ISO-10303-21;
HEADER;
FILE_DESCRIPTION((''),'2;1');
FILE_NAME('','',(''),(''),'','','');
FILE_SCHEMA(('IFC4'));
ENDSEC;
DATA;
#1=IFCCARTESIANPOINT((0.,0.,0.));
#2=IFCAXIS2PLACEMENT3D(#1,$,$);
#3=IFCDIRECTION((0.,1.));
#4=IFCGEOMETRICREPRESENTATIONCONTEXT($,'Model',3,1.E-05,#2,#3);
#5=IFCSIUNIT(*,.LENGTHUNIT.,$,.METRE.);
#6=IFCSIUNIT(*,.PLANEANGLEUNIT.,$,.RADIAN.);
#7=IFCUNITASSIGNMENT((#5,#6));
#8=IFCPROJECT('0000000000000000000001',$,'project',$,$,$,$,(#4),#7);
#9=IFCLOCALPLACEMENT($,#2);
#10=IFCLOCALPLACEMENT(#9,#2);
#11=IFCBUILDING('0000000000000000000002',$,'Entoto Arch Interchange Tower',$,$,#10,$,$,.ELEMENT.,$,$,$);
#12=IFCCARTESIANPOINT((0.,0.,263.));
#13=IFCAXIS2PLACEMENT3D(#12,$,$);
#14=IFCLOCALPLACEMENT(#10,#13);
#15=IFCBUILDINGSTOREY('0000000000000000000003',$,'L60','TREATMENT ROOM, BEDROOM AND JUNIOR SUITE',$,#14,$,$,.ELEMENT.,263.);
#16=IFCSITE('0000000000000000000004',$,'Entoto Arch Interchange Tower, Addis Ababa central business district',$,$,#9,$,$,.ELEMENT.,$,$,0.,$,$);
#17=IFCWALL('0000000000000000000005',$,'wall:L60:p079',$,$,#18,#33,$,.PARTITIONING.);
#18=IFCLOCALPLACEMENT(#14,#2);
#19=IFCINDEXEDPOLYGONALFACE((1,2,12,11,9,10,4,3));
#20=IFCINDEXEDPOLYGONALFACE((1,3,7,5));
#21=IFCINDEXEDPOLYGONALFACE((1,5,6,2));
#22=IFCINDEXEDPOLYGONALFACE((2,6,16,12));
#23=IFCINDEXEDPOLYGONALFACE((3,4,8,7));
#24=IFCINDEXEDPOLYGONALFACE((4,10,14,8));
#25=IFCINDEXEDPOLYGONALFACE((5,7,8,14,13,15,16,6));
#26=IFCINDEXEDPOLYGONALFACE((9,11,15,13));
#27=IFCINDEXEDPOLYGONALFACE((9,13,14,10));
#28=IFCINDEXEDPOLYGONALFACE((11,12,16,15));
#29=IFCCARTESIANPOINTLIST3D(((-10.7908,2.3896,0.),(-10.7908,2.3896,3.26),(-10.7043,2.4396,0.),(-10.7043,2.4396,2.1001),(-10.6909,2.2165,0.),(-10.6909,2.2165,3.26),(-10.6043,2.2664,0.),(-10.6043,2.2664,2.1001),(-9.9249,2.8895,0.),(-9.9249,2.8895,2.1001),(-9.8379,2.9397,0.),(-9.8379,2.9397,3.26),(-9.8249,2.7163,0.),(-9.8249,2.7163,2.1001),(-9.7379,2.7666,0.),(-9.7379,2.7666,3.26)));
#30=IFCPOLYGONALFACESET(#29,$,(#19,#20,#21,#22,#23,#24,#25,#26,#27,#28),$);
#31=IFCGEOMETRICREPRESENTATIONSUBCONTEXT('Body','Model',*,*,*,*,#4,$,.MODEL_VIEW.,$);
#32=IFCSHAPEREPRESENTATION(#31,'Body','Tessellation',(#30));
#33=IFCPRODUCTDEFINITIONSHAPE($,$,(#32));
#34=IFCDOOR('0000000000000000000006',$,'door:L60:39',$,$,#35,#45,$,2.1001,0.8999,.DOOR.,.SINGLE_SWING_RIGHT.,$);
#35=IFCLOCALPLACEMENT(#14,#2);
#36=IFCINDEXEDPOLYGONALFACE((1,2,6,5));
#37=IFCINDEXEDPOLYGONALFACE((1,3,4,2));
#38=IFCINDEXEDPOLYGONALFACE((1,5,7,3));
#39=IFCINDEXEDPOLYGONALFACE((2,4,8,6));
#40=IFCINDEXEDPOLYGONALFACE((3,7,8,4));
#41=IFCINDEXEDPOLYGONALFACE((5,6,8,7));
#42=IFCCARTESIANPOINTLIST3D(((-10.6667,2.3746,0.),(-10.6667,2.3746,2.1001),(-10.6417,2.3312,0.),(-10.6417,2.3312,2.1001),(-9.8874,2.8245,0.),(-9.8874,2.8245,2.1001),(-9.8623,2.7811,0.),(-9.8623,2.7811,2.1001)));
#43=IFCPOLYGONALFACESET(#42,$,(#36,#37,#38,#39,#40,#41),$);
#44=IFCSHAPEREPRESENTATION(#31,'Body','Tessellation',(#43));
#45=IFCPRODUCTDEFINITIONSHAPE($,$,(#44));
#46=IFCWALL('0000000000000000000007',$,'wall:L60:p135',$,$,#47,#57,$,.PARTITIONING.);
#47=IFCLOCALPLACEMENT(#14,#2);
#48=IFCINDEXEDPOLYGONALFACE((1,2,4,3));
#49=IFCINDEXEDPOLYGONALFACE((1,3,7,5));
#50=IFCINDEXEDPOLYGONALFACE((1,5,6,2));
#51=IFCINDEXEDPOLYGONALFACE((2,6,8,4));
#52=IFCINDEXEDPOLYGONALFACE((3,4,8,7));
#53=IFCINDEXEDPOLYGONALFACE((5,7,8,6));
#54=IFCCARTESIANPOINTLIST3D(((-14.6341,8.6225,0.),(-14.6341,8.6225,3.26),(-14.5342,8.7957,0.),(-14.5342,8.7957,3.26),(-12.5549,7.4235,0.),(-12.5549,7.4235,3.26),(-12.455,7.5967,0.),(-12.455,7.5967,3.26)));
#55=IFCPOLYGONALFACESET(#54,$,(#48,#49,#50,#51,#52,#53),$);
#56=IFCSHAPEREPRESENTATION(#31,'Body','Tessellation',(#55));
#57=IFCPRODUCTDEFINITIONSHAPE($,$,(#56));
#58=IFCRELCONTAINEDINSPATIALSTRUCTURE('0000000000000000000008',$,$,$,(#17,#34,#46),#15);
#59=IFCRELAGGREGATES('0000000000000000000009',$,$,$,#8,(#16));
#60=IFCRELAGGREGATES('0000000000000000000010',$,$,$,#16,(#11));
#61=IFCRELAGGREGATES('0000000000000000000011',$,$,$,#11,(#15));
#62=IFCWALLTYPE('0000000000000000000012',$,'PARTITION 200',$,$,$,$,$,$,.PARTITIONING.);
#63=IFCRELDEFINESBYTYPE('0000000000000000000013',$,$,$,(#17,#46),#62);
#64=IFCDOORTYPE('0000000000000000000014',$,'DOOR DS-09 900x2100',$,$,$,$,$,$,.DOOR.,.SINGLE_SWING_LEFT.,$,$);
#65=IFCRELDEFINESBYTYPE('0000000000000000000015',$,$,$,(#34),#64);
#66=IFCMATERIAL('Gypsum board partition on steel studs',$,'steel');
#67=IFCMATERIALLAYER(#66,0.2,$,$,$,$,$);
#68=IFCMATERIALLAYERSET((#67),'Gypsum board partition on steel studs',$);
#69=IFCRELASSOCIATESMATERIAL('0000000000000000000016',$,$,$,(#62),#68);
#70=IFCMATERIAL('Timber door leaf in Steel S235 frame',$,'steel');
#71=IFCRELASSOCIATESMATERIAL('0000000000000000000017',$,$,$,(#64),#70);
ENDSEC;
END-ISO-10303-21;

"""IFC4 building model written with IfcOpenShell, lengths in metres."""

from ifc_helpers import new_model, si_unit, direction, frame, frame_2d, origin, place, context, subcontext, project, spatial, rectangle, extrude, material, layer, layer_set, type_object, element, fill, save


model = new_model("IFC4")

# Units and contexts
model_context = context("Model", 3, precision=1e-05, world=origin(), true_north=direction((0.0, 1.0)))
body_context = subcontext(model_context, "Body", "Model", "MODEL_VIEW")
ifc_project = project(units=[si_unit("LENGTHUNIT", "METRE"), si_unit("PLANEANGLEUNIT", "RADIAN")], contexts=[model_context])

# Site, building, storey
site_placement = place(None, origin())
site = spatial("IfcSite", under=ifc_project, at=site_placement, Name="Entoto Arch Interchange Tower, Addis Ababa central business district", CompositionType="ELEMENT", RefElevation=0.0)
building_placement = place(site_placement, origin())
building = spatial("IfcBuilding", under=site, at=building_placement, Name="Entoto Arch Interchange Tower", CompositionType="ELEMENT")
storey_placement = place(building_placement, frame((0.0, 0.0, 263.0)))
storey = spatial("IfcBuildingStorey", under=building, at=storey_placement, Name="L60", Description="TREATMENT ROOM, BEDROOM AND JUNIOR SUITE", CompositionType="ELEMENT", Elevation=263.0)

# Shared definitions
ifc_material_1 = material(Name="Gypsum board partition on steel studs", Category="steel")

# Shared definitions
ifc_layer_1 = layer(ifc_material_1, 0.2)
ifc_layer_set_1 = layer_set([ifc_layer_1], Name="Gypsum board partition on steel studs")
wall_type_1 = type_object("IfcWallType", Name="PARTITION 200", PredefinedType="PARTITIONING", material=ifc_layer_set_1)
ifc_material_2 = material(Name="Timber door leaf in Steel S235 frame", Category="steel")

# Wall, opening, door
wall_1_placement = place(storey_placement, frame((-10.741, 2.303, 0.0), z_axis=(0.0, 0.0, 1.0), x_axis=(0.866064, 0.499934, 0.0)))
wall_1 = element("IfcWall", 1, at=wall_1_placement, inside=storey, type_object=wall_type_1, Name="wall:L60:p079", PredefinedType="PARTITIONING", context=body_context, shape_type="SweptSolid", body=[
    extrude(rectangle(XDim=1.1003, YDim=0.2, at=frame_2d((0.5503, 0.0))), origin(), (0.0, 0.0, 1.0), 3.26),
])
opening_1_placement = place(wall_1_placement, frame((0.1001, 0.0, 0.0)))
opening_1 = element("IfcOpeningElement", 2, at=opening_1_placement, cuts=wall_1, PredefinedType="OPENING", context=body_context, shape_type="SweptSolid", body=[
    extrude(rectangle(XDim=0.8999, YDim=2.1001, at=frame_2d((0.45, 1.05))), frame((0.0, 0.1099, 0.0), z_axis=(0.0, -1.0, 0.0), x_axis=(1.0, 0.0, 0.0)), (0.0, 0.0, 1.0), 0.22),
])
door_type_1 = type_object("IfcDoorType", Name="DOOR DS-09 900x2100", OperationType="SINGLE_SWING_LEFT", PredefinedType="DOOR", material=ifc_material_2)
door_1_placement = place(opening_1_placement, origin())
door_1 = element("IfcDoor", 3, at=door_1_placement, inside=storey, type_object=door_type_1, Name="door:L60:39", OperationType="SINGLE_SWING_RIGHT", OverallHeight=2.1001, OverallWidth=0.8999, PredefinedType="DOOR", context=body_context, shape_type="SweptSolid", body=[
    extrude(rectangle(XDim=0.8999, YDim=2.1001, at=frame_2d((0.45, 1.05))), frame((0.0, 0.0249, 0.0), z_axis=(0.0, -1.0, 0.0), x_axis=(1.0, 0.0, 0.0)), (0.0, 0.0, 1.0), 0.05),
])
fill(opening_1, door_1)

# Wall
wall_2_placement = place(storey_placement, frame((-12.5049, 7.51, 0.0), z_axis=(0.0, 0.0, 1.0), x_axis=(-0.866277, 0.499564, 0.0)))
element("IfcWall", 4, at=wall_2_placement, inside=storey, type_object=wall_type_1, Name="wall:L60:p135", PredefinedType="PARTITIONING", context=body_context, shape_type="SweptSolid", body=[
    extrude(rectangle(XDim=2.4001, YDim=0.2, at=frame_2d((1.2002, 0.0))), origin(), (0.0, 0.0, 1.0), 3.26),
])

save(model, "model.ifc")
